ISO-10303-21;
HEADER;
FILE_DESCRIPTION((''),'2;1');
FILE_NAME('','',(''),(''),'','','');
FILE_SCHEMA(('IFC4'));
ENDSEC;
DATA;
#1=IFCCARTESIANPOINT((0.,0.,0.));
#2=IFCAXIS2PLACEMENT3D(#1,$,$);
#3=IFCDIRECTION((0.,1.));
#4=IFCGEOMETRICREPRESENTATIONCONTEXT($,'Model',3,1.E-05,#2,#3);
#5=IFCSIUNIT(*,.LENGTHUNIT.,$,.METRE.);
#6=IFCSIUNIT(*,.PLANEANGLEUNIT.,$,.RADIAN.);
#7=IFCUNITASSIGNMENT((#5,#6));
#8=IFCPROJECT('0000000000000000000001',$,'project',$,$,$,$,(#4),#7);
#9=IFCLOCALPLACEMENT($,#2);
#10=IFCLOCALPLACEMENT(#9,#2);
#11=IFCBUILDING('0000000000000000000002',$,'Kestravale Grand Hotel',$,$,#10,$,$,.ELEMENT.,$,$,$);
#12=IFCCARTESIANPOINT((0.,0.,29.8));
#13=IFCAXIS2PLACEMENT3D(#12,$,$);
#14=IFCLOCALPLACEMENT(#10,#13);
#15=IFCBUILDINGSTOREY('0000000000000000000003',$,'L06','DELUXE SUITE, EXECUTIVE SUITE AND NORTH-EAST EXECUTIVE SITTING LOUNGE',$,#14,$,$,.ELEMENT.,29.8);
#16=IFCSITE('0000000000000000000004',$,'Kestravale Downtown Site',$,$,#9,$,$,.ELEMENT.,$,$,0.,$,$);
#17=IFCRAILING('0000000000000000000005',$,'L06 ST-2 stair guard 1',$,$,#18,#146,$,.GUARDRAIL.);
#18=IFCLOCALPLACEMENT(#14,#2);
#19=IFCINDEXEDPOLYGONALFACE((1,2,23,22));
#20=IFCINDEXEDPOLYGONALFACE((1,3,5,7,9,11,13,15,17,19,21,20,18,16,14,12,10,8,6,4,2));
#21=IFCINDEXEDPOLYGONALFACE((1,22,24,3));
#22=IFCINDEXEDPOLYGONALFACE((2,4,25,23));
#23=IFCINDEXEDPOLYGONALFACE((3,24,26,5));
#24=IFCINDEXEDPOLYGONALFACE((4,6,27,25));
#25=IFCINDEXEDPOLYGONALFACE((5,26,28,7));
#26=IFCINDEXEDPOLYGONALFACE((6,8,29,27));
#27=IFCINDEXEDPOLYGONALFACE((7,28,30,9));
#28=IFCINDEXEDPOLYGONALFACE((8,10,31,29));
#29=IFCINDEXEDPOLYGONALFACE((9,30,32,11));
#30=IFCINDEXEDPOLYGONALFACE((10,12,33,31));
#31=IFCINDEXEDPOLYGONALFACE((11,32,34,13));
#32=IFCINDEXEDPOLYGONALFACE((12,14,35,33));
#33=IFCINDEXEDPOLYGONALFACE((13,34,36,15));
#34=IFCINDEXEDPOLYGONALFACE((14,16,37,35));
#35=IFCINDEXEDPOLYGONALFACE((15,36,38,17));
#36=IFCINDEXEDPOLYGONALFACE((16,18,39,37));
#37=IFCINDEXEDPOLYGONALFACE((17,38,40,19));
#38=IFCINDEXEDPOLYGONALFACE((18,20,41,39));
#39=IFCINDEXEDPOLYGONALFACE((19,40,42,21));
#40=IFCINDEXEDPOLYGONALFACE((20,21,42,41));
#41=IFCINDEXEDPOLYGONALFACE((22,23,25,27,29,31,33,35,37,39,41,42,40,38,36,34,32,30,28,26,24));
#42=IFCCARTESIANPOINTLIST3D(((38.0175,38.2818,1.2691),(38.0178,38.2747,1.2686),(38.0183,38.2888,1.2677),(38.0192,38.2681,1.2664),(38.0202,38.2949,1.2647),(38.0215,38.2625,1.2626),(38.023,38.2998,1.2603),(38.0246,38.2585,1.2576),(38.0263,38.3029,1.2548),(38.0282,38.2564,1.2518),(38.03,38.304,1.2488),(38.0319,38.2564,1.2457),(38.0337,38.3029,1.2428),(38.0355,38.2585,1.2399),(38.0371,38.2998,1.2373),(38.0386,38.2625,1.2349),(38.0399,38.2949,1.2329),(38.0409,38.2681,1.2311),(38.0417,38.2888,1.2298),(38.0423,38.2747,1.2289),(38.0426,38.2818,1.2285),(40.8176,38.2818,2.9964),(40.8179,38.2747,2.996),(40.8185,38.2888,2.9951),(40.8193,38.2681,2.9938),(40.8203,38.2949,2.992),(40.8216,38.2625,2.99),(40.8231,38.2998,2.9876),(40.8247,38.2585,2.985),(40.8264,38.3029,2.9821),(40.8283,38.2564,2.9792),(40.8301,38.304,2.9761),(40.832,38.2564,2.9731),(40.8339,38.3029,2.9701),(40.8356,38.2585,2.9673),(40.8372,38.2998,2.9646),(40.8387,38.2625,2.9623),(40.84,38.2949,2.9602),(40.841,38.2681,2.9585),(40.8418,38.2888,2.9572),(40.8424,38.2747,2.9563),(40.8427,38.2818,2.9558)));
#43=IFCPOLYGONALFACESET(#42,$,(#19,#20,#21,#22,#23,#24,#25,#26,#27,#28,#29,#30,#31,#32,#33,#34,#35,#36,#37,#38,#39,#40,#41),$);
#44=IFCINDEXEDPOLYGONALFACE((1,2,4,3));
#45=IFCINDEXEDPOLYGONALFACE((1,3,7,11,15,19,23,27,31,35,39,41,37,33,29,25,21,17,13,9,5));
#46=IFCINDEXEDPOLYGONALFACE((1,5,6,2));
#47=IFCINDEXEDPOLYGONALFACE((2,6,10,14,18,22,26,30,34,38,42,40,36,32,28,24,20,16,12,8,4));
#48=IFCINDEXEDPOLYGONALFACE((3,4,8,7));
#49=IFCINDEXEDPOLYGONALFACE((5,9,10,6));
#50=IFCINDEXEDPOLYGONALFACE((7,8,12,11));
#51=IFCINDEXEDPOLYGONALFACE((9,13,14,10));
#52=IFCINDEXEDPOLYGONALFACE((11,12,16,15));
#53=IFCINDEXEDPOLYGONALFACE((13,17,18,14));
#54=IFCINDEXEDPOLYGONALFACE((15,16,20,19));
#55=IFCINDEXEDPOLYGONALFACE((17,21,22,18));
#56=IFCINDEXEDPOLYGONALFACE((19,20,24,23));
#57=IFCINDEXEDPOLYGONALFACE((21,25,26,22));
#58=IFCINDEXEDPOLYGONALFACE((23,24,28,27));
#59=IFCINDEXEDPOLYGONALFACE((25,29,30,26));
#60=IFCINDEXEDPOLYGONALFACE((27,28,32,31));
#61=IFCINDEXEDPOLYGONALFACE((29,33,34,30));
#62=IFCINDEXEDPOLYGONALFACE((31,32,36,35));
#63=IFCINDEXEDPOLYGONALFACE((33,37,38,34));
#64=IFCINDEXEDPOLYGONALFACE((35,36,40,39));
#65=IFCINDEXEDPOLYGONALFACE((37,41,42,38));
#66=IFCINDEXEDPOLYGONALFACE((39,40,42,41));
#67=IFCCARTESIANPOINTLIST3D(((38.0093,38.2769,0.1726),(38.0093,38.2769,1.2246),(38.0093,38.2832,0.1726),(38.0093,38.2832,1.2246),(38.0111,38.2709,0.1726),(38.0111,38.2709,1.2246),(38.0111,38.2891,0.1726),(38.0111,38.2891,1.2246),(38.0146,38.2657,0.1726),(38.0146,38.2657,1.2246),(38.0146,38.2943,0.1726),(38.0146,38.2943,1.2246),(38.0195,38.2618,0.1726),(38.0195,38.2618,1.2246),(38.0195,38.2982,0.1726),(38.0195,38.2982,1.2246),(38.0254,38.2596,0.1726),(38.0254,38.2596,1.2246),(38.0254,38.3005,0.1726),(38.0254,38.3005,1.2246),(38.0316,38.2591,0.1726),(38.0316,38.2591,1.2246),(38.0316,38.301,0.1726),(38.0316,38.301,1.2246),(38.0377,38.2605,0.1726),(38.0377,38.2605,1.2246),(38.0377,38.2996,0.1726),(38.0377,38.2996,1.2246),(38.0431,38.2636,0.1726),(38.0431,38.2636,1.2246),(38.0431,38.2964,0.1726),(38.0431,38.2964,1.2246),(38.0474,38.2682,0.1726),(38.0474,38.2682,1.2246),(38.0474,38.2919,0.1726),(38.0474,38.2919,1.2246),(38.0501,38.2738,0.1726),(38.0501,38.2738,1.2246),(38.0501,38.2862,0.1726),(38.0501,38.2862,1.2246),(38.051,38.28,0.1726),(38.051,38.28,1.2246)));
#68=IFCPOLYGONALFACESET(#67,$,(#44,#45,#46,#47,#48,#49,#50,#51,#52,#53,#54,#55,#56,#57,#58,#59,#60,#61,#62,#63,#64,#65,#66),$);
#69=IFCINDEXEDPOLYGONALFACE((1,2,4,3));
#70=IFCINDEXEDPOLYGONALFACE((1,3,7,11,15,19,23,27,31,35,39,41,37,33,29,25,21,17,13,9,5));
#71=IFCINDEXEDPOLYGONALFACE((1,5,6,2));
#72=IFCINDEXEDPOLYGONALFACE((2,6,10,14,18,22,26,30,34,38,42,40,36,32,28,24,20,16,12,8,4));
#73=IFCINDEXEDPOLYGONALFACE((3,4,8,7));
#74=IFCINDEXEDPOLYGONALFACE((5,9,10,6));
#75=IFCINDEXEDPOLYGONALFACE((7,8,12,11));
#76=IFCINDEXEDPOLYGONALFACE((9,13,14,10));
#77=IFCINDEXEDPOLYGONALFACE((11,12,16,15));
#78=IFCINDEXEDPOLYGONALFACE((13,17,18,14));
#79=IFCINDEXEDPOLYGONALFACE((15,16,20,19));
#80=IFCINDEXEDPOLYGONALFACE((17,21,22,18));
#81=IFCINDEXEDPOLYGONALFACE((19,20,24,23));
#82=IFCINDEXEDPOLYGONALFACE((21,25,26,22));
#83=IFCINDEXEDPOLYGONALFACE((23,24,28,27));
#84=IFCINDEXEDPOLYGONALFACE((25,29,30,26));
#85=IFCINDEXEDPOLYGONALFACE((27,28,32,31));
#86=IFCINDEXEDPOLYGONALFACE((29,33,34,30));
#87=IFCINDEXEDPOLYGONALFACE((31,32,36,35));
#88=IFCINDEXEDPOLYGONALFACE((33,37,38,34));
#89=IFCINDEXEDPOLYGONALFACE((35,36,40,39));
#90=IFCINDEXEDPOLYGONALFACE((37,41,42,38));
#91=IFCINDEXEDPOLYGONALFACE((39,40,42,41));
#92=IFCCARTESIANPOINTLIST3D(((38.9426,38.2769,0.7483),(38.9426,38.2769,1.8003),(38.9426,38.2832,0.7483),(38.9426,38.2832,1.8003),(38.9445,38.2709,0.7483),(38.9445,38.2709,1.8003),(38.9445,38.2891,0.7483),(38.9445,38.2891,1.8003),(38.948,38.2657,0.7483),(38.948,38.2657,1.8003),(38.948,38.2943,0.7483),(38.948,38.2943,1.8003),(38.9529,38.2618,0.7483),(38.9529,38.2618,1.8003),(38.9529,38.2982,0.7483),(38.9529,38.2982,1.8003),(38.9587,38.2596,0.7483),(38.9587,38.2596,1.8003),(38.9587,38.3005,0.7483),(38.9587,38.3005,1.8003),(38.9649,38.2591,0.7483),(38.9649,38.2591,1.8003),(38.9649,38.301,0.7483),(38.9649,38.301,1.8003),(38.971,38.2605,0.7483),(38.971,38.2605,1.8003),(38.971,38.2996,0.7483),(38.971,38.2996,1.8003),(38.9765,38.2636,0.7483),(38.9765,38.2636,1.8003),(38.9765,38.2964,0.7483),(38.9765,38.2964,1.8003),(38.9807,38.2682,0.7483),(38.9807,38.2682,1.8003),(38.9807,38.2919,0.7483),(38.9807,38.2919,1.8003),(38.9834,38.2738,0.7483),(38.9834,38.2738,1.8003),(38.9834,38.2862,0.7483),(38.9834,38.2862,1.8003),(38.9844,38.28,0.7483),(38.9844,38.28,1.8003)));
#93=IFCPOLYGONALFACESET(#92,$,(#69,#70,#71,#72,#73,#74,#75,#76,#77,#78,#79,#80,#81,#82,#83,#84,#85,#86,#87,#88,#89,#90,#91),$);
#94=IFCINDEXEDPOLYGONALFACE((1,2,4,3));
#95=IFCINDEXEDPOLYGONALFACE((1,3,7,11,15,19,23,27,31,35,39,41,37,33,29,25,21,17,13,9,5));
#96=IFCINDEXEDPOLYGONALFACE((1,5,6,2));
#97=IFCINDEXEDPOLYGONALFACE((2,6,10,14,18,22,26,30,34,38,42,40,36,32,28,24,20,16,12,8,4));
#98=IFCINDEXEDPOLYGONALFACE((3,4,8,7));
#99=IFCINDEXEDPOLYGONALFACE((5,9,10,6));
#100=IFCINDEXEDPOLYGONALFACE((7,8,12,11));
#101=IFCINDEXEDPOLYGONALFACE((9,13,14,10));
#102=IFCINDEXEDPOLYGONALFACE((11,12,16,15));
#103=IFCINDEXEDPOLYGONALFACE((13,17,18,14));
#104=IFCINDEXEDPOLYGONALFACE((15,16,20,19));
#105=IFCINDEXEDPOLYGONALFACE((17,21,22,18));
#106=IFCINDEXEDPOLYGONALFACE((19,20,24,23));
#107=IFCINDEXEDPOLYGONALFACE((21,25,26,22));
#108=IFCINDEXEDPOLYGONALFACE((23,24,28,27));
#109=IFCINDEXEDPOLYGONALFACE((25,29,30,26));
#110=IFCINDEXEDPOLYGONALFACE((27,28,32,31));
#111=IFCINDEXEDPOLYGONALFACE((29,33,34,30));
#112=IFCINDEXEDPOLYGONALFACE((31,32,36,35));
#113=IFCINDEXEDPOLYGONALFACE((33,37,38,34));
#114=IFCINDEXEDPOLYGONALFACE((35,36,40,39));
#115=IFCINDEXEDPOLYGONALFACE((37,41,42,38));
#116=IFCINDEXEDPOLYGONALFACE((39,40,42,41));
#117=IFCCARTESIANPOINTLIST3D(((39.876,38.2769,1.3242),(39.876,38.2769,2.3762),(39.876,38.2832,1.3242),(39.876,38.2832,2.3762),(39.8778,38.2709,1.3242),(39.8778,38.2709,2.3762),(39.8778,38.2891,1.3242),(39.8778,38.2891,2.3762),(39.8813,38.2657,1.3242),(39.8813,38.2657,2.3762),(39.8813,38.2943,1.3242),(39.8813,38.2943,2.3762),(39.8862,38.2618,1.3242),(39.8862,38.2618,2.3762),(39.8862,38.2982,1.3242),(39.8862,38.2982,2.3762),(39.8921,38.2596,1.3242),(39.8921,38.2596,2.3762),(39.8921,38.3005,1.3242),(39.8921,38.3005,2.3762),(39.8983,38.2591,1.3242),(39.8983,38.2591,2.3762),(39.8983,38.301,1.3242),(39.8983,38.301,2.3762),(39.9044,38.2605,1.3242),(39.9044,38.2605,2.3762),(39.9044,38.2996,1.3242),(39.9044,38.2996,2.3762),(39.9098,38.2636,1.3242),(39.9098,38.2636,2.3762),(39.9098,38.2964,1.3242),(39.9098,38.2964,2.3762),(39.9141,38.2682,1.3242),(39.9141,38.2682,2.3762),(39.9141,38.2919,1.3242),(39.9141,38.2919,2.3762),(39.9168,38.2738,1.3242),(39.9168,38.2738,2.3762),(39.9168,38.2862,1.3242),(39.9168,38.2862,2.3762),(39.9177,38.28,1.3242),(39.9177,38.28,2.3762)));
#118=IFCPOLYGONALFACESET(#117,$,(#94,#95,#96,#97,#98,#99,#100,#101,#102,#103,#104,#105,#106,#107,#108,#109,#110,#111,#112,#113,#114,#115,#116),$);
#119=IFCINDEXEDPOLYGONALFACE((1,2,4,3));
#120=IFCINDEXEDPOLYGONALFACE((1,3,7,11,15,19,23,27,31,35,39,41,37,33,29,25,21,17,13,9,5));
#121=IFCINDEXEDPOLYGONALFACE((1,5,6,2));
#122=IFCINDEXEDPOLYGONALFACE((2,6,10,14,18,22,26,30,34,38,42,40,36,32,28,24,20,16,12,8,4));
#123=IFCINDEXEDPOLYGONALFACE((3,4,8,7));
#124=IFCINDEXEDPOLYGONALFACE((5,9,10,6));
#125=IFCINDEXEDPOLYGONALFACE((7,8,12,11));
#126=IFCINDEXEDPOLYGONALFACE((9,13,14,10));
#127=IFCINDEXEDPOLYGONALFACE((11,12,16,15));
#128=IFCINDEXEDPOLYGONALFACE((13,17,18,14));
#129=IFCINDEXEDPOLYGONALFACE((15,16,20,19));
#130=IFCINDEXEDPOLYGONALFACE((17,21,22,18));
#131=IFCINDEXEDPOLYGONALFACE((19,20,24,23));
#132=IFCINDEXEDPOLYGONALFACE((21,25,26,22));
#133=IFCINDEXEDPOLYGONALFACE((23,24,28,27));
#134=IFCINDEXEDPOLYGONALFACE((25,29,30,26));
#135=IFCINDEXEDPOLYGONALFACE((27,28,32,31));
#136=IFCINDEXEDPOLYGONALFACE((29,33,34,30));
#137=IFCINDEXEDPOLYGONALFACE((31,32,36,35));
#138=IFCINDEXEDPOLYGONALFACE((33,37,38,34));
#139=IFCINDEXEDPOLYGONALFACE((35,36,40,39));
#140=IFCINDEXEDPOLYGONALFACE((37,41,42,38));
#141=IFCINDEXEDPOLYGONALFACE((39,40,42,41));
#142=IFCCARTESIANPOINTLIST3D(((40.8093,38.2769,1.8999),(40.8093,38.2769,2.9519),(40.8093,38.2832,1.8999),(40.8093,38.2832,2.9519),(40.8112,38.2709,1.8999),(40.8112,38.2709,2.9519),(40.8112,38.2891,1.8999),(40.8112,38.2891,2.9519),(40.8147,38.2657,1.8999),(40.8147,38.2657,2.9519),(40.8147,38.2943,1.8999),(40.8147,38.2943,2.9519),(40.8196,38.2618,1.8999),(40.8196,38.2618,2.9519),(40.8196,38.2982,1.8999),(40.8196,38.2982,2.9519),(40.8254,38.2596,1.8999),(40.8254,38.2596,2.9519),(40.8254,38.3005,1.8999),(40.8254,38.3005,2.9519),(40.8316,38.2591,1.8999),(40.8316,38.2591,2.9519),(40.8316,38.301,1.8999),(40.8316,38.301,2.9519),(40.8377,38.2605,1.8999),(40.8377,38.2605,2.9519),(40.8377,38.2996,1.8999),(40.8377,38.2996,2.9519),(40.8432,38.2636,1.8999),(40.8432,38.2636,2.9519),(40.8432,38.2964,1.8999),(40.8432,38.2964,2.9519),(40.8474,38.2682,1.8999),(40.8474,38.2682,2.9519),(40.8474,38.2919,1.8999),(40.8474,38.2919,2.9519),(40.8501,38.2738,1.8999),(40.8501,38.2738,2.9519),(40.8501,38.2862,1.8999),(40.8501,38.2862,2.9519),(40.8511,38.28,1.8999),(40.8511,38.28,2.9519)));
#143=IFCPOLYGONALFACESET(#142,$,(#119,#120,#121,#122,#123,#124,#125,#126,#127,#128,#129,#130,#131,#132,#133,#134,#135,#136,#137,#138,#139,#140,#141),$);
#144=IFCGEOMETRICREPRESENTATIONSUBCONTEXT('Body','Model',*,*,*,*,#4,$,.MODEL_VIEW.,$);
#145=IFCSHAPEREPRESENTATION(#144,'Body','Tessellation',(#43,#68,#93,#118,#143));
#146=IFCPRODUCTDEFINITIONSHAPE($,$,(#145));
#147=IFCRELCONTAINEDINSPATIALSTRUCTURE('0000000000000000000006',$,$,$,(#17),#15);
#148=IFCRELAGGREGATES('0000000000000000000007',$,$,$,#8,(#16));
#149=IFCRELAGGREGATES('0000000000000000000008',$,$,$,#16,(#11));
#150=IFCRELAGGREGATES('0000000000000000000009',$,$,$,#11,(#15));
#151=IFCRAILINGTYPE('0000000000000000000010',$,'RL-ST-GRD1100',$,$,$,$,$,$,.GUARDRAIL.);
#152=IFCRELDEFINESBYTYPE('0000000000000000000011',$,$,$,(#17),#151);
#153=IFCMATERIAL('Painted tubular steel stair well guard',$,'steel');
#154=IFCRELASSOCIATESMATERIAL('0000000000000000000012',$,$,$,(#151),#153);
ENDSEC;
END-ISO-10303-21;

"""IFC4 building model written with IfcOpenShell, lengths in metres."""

from ifc_helpers import new_model, si_unit, direction, frame, origin, origin_2d, place, context, subcontext, project, spatial, circle, extrude, material, type_object, element, save


model = new_model("IFC4")

# Units and contexts
model_context = context("Model", 3, precision=1e-05, world=origin(), true_north=direction((0.0, 1.0)))
body_context = subcontext(model_context, "Body", "Model", "MODEL_VIEW")
ifc_project = project(units=[si_unit("LENGTHUNIT", "METRE"), si_unit("PLANEANGLEUNIT", "RADIAN")], contexts=[model_context])

# Site, building, storey
site_placement = place(None, origin())
site = spatial("IfcSite", under=ifc_project, at=site_placement, Name="Kestravale Downtown Site", CompositionType="ELEMENT", RefElevation=0.0)
building_placement = place(site_placement, origin())
building = spatial("IfcBuilding", under=site, at=building_placement, Name="Kestravale Grand Hotel", CompositionType="ELEMENT")
storey_placement = place(building_placement, frame((0.0, 0.0, 29.8)))
storey = spatial("IfcBuildingStorey", under=building, at=storey_placement, Name="L06", Description="DELUXE SUITE, EXECUTIVE SUITE AND NORTH-EAST EXECUTIVE SITTING LOUNGE", CompositionType="ELEMENT", Elevation=29.8)

# Railing
ifc_material_1 = material(Name="Painted tubular steel stair well guard", Category="steel")
railing_type_1 = type_object("IfcRailingType", Name="RL-ST-GRD1100", PredefinedType="GUARDRAIL", material=ifc_material_1)
railing_1_placement = place(storey_placement, frame((38.03, 38.28, 0.1726)))
element("IfcRailing", 1, at=railing_1_placement, inside=storey, type_object=railing_type_1, Name="L06 ST-2 stair guard 1", PredefinedType="GUARDRAIL", context=body_context, shape_type="SweptSolid", body=[
    extrude(circle(Radius=0.0239, at=origin_2d()), frame((0.0, 0.0, 1.0762), z_axis=(0.85109, 0.0, 0.52502), x_axis=(0.0, 1.0, 0.0)), (0.0, 0.0, 1.0), 3.29),
    extrude(circle(Radius=0.021, at=origin_2d()), origin(), (0.0, 0.0, 1.0), 1.052),
    extrude(circle(Radius=0.021, at=origin_2d()), frame((0.9333, 0.0, 0.5757)), (0.0, 0.0, 1.0), 1.052),
    extrude(circle(Radius=0.021, at=origin_2d()), frame((1.8667, 0.0, 1.1516)), (0.0, 0.0, 1.0), 1.052),
    extrude(circle(Radius=0.021, at=origin_2d()), frame((2.8, 0.0, 1.7273)), (0.0, 0.0, 1.0), 1.052),
])

save(model, "model.ifc")
